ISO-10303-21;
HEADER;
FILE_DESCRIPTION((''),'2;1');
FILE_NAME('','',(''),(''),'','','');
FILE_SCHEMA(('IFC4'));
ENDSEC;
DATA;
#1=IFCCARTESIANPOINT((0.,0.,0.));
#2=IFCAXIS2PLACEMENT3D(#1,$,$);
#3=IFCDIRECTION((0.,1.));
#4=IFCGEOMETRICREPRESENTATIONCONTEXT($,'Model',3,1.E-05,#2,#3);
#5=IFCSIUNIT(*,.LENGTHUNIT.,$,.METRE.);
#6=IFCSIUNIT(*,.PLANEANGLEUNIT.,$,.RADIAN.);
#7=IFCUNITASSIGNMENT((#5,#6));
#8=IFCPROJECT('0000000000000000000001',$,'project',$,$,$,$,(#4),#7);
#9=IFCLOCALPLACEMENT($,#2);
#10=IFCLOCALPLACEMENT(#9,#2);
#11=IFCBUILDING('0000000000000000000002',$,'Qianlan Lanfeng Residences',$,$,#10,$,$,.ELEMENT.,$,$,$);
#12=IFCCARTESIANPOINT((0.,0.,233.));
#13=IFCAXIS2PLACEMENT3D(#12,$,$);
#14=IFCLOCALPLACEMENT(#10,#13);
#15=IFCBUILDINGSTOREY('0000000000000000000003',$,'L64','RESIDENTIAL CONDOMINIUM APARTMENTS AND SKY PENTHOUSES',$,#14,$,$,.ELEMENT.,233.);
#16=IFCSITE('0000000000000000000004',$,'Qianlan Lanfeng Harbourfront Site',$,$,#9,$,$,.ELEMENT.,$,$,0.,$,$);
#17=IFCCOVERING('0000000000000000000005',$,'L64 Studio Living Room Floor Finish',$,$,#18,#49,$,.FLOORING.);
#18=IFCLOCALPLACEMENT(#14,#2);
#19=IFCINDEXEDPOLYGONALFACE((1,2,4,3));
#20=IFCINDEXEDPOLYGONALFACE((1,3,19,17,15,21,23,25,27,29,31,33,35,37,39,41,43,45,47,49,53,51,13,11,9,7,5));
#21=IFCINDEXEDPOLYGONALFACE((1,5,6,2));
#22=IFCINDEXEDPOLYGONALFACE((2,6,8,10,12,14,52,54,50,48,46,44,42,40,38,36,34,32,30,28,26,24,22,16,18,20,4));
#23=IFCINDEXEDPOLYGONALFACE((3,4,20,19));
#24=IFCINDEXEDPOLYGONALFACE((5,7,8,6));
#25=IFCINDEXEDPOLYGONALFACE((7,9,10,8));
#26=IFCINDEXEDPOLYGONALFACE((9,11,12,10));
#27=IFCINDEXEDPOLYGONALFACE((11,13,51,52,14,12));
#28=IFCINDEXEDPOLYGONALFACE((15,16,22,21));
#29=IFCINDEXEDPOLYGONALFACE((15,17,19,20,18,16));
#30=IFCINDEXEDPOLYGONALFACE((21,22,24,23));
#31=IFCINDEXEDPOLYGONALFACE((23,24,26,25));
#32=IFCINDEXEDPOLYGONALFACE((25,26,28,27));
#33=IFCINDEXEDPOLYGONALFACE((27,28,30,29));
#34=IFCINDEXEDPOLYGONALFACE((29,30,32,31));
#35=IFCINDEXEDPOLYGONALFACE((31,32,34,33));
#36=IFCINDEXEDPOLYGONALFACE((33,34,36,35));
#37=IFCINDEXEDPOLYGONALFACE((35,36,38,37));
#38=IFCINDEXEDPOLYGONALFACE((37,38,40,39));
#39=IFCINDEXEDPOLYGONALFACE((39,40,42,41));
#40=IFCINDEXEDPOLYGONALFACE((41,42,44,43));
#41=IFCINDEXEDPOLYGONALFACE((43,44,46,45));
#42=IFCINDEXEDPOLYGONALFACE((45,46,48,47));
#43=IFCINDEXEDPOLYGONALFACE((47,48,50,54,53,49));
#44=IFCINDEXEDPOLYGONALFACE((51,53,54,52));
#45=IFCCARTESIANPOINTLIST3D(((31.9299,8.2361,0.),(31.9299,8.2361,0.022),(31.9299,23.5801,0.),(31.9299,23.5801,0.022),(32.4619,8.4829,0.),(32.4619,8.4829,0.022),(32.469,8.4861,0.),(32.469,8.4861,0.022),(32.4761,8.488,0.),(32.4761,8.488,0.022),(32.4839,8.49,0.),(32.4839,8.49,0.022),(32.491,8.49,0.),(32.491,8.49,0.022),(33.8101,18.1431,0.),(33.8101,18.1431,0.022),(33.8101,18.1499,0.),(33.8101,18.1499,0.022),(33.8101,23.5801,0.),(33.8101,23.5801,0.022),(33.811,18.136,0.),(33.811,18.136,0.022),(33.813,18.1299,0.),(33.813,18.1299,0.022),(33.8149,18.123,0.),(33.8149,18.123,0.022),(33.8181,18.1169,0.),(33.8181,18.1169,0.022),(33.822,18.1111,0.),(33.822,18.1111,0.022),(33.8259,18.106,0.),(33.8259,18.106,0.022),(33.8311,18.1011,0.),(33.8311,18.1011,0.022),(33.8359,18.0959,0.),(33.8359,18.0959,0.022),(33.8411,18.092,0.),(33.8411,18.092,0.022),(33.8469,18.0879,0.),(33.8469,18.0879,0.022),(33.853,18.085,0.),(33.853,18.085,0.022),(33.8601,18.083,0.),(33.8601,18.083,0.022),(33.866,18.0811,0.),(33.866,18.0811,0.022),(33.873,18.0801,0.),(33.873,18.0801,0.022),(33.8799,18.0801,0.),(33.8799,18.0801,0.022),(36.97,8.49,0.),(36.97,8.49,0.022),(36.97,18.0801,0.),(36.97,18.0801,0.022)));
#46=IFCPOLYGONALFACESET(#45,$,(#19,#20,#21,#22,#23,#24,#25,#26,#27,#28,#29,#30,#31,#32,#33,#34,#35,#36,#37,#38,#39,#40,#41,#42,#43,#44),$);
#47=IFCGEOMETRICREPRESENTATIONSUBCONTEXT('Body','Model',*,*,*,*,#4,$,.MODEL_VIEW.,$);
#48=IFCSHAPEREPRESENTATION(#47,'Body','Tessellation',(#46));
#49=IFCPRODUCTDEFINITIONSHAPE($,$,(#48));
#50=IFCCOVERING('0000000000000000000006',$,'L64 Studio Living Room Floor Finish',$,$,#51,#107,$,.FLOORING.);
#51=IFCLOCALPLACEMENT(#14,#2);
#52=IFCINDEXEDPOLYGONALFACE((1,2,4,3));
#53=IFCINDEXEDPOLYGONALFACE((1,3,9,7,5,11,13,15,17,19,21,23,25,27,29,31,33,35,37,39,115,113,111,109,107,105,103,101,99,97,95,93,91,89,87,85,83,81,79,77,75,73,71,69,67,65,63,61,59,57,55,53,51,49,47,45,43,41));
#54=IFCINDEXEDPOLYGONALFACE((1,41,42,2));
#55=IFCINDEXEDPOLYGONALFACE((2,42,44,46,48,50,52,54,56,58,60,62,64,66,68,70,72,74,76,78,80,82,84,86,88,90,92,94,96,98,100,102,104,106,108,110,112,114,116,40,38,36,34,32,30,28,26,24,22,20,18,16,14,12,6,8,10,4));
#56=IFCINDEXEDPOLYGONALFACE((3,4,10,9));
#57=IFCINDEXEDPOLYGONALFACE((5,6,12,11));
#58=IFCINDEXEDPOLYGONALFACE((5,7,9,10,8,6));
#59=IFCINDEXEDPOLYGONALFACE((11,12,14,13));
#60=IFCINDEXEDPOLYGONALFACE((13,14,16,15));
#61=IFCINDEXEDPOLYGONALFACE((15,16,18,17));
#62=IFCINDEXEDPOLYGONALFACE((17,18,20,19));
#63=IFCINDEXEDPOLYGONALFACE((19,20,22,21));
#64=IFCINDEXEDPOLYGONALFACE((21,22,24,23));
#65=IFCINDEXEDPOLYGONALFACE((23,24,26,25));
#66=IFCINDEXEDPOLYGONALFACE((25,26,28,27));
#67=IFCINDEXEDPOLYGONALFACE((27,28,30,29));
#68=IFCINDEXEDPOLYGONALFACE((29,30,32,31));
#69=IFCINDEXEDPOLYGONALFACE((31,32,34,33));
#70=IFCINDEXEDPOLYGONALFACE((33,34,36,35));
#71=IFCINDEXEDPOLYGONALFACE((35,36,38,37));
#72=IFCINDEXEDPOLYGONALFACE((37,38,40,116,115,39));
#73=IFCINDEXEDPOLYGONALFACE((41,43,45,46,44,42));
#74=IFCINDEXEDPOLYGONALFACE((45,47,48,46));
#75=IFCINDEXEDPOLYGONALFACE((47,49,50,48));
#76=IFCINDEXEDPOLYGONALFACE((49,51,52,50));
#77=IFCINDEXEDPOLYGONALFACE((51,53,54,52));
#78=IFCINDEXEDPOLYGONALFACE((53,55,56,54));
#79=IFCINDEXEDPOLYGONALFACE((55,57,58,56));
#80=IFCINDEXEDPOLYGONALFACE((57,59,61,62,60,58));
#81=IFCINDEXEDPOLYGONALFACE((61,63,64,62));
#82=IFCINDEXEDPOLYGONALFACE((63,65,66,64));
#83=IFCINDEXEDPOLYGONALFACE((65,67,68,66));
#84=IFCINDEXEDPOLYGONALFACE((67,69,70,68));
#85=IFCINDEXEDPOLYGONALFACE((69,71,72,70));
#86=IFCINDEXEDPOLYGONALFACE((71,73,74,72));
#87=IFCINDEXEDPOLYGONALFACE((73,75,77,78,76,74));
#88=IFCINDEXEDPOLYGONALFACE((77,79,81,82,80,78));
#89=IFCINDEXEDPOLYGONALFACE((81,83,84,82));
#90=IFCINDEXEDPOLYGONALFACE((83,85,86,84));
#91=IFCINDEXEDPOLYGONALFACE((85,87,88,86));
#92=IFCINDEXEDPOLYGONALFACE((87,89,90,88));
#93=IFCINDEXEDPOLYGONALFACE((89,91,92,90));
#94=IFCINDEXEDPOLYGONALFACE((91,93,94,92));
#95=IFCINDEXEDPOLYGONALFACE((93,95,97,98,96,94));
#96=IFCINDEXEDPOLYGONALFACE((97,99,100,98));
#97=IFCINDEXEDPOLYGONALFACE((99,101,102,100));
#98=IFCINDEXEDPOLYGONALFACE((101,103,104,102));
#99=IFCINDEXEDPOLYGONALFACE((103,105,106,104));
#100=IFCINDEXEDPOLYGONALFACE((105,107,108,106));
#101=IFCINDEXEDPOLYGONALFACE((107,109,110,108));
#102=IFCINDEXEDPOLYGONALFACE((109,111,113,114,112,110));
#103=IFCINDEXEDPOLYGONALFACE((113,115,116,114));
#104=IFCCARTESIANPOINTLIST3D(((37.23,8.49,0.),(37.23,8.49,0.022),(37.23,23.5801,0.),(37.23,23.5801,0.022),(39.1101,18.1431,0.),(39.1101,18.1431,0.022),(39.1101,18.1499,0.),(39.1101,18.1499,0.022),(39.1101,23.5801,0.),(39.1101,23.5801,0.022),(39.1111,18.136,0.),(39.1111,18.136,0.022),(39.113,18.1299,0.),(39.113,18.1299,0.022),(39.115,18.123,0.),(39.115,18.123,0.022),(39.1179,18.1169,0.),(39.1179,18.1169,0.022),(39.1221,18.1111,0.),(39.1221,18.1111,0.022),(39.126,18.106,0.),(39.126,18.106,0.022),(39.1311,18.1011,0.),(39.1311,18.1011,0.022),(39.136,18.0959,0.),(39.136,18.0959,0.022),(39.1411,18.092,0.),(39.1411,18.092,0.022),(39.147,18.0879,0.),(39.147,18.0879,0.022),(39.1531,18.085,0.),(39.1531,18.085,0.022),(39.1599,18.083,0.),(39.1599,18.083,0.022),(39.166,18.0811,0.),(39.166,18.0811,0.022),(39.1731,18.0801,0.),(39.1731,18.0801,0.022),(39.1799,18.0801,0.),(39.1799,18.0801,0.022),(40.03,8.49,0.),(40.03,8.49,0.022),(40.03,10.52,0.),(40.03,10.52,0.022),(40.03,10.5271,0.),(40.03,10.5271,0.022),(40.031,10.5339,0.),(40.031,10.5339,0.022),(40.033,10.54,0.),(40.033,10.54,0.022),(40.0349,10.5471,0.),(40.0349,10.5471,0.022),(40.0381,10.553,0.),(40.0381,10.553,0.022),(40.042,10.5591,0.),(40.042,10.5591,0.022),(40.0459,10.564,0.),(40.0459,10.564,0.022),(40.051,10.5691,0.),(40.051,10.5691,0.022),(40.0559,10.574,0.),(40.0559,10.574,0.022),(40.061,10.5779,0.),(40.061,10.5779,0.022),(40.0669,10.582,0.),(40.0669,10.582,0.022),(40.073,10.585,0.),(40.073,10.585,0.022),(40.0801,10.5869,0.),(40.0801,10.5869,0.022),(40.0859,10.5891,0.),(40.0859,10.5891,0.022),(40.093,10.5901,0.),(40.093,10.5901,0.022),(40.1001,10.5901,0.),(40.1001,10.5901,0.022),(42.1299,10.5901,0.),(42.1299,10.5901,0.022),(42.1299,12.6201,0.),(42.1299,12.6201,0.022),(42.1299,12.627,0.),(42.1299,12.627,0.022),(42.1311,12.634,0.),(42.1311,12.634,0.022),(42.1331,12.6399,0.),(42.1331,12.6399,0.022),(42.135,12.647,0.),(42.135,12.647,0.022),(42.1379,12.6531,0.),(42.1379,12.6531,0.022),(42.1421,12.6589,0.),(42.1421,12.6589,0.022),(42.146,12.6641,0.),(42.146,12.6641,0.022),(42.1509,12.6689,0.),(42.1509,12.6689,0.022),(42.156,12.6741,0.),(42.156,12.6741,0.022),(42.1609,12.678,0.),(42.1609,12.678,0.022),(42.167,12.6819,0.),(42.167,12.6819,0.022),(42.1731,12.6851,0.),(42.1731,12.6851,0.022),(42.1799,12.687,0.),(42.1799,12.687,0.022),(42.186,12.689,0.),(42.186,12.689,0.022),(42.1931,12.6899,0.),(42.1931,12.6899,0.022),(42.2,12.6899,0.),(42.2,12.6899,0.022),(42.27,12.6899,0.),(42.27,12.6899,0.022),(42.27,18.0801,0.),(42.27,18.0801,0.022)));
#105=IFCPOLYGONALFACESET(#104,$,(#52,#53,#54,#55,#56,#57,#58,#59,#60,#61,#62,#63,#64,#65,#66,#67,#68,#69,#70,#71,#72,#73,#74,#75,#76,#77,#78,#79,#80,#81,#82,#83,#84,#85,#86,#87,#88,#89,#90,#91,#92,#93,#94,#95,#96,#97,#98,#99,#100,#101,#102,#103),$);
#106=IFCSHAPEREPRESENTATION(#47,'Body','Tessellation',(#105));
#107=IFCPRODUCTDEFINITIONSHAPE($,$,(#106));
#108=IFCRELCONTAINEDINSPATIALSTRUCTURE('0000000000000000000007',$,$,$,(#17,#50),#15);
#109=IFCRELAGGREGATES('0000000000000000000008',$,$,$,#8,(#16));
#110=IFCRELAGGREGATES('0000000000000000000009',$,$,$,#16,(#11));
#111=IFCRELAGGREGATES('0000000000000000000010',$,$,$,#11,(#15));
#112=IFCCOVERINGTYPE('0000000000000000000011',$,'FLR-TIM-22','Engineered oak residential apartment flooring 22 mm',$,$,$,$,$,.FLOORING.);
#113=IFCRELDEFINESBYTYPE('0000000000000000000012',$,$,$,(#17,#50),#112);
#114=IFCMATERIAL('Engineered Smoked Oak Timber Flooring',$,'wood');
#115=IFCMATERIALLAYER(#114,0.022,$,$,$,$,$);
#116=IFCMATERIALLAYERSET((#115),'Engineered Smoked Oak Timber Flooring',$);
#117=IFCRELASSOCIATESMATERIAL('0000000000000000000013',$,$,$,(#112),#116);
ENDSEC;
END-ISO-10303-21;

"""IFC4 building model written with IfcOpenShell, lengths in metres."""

from ifc_helpers import new_model, si_unit, direction, frame, origin, place, context, subcontext, project, spatial, polyline, outline, extrude, material, layer, layer_set, type_object, element, save


model = new_model("IFC4")

# Units and contexts
model_context = context("Model", 3, precision=1e-05, world=origin(), true_north=direction((0.0, 1.0)))
body_context = subcontext(model_context, "Body", "Model", "MODEL_VIEW")
ifc_project = project(units=[si_unit("LENGTHUNIT", "METRE"), si_unit("PLANEANGLEUNIT", "RADIAN")], contexts=[model_context])

# Site, building, storey
site_placement = place(None, origin())
site = spatial("IfcSite", under=ifc_project, at=site_placement, Name="Qianlan Lanfeng Harbourfront Site", CompositionType="ELEMENT", RefElevation=0.0)
building_placement = place(site_placement, origin())
building = spatial("IfcBuilding", under=site, at=building_placement, Name="Qianlan Lanfeng Residences", CompositionType="ELEMENT")
storey_placement = place(building_placement, frame((0.0, 0.0, 233.0)))
storey = spatial("IfcBuildingStorey", under=building, at=storey_placement, Name="L64", Description="RESIDENTIAL CONDOMINIUM APARTMENTS AND SKY PENTHOUSES", CompositionType="ELEMENT", Elevation=233.0)

# Coverings
ifc_material_1 = material(Name="Engineered Smoked Oak Timber Flooring", Category="wood")
ifc_layer_1 = layer(ifc_material_1, 0.022)
ifc_layer_set_1 = layer_set([ifc_layer_1], Name="Engineered Smoked Oak Timber Flooring")
covering_type_1 = type_object("IfcCoveringType", Name="FLR-TIM-22", Description="Engineered oak residential apartment flooring 22 mm", PredefinedType="FLOORING", material=ifc_layer_set_1)
covering_1_placement = place(storey_placement, origin())
element("IfcCovering", 1, at=covering_1_placement, inside=storey, type_object=covering_type_1, Name="L64 Studio Living Room Floor Finish", PredefinedType="FLOORING", context=body_context, shape_type="SweptSolid", body=[
    extrude(outline(polyline([(36.97, 8.49), (36.97, 18.0801), (33.8799, 18.0801), (33.873, 18.0801), (33.866, 18.0811), (33.8601, 18.083), (33.853, 18.085), (33.8469, 18.0879), (33.8411, 18.092), (33.8359, 18.0959), (33.8311, 18.1011), (33.8259, 18.106), (33.822, 18.1111), (33.8181, 18.1169), (33.8149, 18.123), (33.813, 18.1299), (33.811, 18.136), (33.8101, 18.1431), (33.8101, 18.1499), (33.8101, 23.5801), (31.9299, 23.5801), (31.9299, 8.2361), (32.4619, 8.4829), (32.469, 8.4861), (32.4761, 8.488), (32.4839, 8.49), (32.491, 8.49), (36.97, 8.49)])), origin(), (0.0, 0.0, 1.0), 0.022),
])
covering_2_placement = place(storey_placement, origin())
element("IfcCovering", 2, at=covering_2_placement, inside=storey, type_object=covering_type_1, Name="L64 Studio Living Room Floor Finish", PredefinedType="FLOORING", context=body_context, shape_type="SweptSolid", body=[
    extrude(outline(polyline([(42.27, 12.6899), (42.27, 18.0801), (39.1799, 18.0801), (39.1731, 18.0801), (39.166, 18.0811), (39.1599, 18.083), (39.1531, 18.085), (39.147, 18.0879), (39.1411, 18.092), (39.136, 18.0959), (39.1311, 18.1011), (39.126, 18.106), (39.1221, 18.1111), (39.1179, 18.1169), (39.115, 18.123), (39.113, 18.1299), (39.1111, 18.136), (39.1101, 18.1431), (39.1101, 18.1499), (39.1101, 23.5801), (37.23, 23.5801), (37.23, 8.49), (40.03, 8.49), (40.03, 10.52), (40.03, 10.5271), (40.031, 10.5339), (40.033, 10.54), (40.0349, 10.5471), (40.0381, 10.553), (40.042, 10.5591), (40.0459, 10.564), (40.051, 10.5691), (40.0559, 10.574), (40.061, 10.5779), (40.0669, 10.582), (40.073, 10.585), (40.0801, 10.5869), (40.0859, 10.5891), (40.093, 10.5901), (40.1001, 10.5901), (42.1299, 10.5901), (42.1299, 12.6201), (42.1299, 12.627), (42.1311, 12.634), (42.1331, 12.6399), (42.135, 12.647), (42.1379, 12.6531), (42.1421, 12.6589), (42.146, 12.6641), (42.1509, 12.6689), (42.156, 12.6741), (42.1609, 12.678), (42.167, 12.6819), (42.1731, 12.6851), (42.1799, 12.687), (42.186, 12.689), (42.1931, 12.6899), (42.2, 12.6899), (42.27, 12.6899)])), origin(), (0.0, 0.0, 1.0), 0.022),
])

save(model, "model.ifc")
